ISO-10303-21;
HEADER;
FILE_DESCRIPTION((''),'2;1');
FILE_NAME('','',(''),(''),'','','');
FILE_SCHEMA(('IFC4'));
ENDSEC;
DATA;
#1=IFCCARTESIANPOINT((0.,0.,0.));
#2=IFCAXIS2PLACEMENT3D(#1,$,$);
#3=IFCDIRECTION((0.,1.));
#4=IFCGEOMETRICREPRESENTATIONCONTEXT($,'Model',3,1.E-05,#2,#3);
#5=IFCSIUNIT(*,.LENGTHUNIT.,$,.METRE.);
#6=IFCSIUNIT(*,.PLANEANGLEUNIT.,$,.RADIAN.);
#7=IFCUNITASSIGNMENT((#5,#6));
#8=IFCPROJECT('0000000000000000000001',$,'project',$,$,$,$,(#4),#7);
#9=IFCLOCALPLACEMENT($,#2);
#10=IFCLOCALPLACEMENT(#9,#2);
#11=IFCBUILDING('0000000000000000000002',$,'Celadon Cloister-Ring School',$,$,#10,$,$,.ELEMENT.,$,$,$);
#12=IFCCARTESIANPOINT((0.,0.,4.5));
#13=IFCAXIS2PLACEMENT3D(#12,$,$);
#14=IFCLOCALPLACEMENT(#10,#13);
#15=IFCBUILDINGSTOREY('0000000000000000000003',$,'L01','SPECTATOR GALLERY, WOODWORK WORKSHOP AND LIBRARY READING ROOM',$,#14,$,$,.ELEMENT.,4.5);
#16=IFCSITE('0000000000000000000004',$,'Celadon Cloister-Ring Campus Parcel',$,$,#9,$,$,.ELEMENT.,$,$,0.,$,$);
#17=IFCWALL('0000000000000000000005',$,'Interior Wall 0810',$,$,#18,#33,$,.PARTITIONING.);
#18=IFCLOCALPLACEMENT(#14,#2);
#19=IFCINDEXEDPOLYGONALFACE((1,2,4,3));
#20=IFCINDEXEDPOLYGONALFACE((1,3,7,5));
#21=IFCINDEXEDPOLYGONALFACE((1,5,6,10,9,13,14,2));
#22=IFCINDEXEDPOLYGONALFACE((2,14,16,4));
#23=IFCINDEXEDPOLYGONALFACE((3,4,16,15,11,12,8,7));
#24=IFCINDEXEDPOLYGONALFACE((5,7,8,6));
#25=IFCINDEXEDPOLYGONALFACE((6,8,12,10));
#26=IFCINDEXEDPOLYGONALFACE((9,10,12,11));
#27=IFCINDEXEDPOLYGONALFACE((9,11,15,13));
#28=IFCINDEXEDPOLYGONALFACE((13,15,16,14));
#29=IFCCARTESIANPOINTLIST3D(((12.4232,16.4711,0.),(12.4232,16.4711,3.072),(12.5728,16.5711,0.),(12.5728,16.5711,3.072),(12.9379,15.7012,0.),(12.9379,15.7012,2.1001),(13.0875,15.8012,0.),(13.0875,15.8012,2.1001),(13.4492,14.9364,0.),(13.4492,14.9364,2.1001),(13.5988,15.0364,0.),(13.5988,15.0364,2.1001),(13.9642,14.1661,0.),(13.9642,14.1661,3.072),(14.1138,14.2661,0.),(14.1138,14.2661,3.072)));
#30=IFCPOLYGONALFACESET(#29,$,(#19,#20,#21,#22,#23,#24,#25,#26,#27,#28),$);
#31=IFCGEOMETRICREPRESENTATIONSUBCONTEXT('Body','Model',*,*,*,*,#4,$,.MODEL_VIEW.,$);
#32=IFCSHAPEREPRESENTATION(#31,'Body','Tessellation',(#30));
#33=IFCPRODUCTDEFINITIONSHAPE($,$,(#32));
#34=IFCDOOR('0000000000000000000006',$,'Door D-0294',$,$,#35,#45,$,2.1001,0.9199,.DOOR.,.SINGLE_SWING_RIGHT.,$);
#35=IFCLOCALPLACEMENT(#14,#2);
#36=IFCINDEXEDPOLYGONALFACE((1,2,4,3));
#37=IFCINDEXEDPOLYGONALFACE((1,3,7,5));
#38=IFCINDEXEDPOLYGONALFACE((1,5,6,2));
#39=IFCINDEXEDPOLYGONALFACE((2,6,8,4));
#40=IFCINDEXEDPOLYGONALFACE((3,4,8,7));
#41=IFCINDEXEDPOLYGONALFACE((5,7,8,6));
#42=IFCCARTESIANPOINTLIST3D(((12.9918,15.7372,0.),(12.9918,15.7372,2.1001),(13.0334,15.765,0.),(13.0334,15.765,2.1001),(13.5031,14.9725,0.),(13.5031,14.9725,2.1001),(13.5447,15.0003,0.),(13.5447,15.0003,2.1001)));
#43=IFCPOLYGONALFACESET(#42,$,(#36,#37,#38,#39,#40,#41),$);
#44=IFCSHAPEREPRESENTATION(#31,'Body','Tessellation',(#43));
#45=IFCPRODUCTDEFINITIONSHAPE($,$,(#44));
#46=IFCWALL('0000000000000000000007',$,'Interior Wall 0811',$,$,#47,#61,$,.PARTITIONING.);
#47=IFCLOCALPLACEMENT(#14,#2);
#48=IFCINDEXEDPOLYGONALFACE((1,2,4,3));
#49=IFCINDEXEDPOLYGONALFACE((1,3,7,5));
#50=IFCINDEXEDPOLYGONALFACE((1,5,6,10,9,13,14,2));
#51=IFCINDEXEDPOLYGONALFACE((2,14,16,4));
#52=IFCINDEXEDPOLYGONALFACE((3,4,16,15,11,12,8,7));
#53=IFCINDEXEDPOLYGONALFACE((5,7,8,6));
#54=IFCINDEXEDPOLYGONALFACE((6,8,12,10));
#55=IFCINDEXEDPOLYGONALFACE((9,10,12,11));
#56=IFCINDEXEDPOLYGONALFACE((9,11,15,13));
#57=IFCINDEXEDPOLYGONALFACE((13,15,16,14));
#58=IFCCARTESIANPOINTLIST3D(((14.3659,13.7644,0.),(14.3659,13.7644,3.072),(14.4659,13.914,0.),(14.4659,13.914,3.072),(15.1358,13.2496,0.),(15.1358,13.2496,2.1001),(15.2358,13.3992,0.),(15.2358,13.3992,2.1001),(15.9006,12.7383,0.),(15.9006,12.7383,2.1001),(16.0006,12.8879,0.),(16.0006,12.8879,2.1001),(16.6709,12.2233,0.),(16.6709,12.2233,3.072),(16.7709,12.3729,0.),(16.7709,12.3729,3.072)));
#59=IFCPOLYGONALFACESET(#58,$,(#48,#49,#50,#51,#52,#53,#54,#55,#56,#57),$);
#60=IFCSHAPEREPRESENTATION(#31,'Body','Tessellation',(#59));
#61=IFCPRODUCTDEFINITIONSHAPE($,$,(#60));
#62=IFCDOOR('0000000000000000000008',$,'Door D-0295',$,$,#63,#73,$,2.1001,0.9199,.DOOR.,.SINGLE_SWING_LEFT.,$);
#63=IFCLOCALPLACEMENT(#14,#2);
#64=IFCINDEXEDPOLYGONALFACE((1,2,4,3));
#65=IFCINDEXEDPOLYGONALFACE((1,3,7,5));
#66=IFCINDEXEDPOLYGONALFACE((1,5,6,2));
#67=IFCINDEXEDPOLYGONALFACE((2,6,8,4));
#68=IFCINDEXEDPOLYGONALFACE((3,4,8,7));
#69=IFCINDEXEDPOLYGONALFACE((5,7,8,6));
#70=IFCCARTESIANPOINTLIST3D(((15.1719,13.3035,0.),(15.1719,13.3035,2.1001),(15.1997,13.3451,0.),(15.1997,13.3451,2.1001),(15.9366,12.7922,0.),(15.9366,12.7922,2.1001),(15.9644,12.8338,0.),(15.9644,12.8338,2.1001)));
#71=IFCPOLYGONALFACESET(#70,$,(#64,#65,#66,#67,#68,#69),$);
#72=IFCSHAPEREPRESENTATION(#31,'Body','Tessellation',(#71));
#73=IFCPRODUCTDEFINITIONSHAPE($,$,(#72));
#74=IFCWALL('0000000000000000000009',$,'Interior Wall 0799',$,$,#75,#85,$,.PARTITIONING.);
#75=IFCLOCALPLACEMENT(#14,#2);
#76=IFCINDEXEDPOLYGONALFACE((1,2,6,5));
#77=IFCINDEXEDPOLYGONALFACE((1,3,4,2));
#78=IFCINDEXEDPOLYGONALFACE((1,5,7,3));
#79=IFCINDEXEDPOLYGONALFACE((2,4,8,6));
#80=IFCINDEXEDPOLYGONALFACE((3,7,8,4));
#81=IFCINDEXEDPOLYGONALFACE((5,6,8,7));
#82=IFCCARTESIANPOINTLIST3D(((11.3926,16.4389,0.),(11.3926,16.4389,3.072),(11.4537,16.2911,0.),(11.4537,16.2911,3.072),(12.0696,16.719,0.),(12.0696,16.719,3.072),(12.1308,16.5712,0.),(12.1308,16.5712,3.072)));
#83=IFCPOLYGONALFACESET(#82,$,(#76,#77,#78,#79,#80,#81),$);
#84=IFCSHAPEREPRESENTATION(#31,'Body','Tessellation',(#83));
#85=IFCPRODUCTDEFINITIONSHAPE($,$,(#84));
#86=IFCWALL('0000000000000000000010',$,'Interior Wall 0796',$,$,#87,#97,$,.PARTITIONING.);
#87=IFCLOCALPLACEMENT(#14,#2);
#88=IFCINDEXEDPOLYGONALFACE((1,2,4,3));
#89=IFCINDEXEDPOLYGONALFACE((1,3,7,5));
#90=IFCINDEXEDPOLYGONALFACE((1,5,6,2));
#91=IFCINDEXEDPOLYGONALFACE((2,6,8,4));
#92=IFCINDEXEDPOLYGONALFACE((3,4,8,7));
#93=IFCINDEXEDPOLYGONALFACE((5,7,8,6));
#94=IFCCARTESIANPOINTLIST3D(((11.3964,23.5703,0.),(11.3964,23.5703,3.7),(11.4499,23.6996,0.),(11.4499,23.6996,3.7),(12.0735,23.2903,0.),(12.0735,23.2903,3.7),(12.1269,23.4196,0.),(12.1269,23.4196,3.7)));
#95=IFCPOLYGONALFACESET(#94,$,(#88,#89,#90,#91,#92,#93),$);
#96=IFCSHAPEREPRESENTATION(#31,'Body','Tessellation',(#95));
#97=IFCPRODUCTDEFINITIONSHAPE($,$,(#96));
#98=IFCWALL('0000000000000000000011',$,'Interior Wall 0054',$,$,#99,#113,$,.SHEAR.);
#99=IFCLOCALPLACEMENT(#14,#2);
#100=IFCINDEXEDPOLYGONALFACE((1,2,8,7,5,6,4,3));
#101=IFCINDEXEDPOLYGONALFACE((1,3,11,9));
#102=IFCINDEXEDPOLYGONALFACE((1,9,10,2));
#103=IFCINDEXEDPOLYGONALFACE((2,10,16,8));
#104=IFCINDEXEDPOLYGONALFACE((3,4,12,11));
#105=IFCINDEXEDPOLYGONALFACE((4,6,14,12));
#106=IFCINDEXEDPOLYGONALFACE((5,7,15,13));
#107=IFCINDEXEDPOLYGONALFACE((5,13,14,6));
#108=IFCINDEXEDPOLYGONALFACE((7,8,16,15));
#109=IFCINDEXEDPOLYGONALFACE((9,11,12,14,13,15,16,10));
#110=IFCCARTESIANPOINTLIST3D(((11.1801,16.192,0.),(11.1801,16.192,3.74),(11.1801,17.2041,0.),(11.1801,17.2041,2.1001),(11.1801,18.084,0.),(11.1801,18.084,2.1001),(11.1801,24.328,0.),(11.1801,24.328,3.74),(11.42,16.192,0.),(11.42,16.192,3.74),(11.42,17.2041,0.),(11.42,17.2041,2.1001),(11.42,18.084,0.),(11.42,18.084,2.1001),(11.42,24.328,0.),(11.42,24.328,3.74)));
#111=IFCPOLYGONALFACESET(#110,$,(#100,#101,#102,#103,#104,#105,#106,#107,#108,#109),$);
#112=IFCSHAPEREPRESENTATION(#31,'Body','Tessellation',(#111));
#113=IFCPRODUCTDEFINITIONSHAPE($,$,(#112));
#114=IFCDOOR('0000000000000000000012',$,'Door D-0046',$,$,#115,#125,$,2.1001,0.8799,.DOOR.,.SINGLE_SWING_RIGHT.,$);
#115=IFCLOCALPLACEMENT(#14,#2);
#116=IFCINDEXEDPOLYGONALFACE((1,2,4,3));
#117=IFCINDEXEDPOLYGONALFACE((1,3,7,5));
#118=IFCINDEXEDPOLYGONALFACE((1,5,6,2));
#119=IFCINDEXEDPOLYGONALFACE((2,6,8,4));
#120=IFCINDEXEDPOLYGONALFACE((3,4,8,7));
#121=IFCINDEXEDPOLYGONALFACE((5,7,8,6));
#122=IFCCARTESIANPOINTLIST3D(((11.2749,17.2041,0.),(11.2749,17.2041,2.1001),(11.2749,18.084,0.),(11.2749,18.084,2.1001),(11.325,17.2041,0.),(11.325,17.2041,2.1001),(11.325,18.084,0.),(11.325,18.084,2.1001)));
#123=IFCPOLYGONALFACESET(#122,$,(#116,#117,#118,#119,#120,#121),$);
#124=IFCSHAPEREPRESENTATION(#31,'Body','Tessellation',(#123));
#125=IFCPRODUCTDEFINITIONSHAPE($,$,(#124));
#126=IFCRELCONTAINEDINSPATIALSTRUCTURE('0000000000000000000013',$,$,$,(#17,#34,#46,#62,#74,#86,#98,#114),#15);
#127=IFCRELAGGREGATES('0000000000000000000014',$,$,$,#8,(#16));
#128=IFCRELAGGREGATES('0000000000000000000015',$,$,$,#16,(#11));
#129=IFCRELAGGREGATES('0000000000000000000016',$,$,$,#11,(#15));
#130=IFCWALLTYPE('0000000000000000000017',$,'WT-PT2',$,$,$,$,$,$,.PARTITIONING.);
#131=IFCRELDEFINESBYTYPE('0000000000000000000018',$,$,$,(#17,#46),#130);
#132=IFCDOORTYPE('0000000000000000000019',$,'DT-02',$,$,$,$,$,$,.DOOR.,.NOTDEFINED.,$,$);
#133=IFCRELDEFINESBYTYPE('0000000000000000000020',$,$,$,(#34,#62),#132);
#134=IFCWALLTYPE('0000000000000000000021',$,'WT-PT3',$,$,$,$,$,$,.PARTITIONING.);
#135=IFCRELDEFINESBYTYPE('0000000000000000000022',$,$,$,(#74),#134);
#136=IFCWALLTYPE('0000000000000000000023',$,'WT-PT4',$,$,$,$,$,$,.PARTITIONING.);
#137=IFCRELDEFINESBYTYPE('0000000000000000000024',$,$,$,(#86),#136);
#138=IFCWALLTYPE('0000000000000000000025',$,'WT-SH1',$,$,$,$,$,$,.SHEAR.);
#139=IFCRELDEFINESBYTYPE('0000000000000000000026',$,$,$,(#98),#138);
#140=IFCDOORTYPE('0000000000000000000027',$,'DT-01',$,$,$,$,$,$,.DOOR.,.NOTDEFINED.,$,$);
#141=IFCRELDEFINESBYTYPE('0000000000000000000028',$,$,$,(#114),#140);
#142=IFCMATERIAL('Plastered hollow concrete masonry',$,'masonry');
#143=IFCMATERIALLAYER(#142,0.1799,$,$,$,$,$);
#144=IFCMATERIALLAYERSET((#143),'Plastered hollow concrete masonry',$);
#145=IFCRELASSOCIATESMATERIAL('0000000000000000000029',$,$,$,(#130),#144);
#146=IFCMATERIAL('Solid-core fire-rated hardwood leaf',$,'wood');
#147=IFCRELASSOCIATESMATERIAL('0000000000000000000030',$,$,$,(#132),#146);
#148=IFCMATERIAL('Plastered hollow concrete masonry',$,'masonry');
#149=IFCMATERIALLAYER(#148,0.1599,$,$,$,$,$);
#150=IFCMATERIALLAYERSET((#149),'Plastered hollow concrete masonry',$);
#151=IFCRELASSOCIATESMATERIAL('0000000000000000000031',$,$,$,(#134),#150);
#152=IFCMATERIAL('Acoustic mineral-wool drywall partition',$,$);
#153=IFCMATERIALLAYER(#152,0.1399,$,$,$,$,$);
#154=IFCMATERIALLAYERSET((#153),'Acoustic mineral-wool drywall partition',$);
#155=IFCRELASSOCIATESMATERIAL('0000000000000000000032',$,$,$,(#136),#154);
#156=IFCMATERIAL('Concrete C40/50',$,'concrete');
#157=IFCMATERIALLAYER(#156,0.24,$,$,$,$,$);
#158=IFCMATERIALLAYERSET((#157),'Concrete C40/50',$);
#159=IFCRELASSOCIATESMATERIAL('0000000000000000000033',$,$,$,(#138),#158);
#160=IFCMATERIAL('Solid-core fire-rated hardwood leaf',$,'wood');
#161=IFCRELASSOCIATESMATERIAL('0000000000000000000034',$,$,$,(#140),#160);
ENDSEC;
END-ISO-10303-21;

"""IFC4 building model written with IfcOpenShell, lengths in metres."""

from ifc_helpers import new_model, si_unit, direction, frame, frame_2d, origin, place, context, subcontext, project, spatial, rectangle, extrude, material, layer, layer_set, type_object, element, fill, save


model = new_model("IFC4")

# Units and contexts
model_context = context("Model", 3, precision=1e-05, world=origin(), true_north=direction((0.0, 1.0)))
body_context = subcontext(model_context, "Body", "Model", "MODEL_VIEW")
ifc_project = project(units=[si_unit("LENGTHUNIT", "METRE"), si_unit("PLANEANGLEUNIT", "RADIAN")], contexts=[model_context])

# Site, building, storey
site_placement = place(None, origin())
site = spatial("IfcSite", under=ifc_project, at=site_placement, Name="Celadon Cloister-Ring Campus Parcel", CompositionType="ELEMENT", RefElevation=0.0)
building_placement = place(site_placement, origin())
building = spatial("IfcBuilding", under=site, at=building_placement, Name="Celadon Cloister-Ring School", CompositionType="ELEMENT")
storey_placement = place(building_placement, frame((0.0, 0.0, 4.5)))
storey = spatial("IfcBuildingStorey", under=building, at=storey_placement, Name="L01", Description="SPECTATOR GALLERY, WOODWORK WORKSHOP AND LIBRARY READING ROOM", CompositionType="ELEMENT", Elevation=4.5)

# Walls, openings, doors
ifc_material_1 = material(Name="Plastered hollow concrete masonry", Category="masonry")
ifc_layer_1 = layer(ifc_material_1, 0.1799)
ifc_layer_set_1 = layer_set([ifc_layer_1], Name="Plastered hollow concrete masonry")
wall_type_1 = type_object("IfcWallType", Name="WT-PT2", PredefinedType="PARTITIONING", material=ifc_layer_set_1)
wall_1_placement = place(storey_placement, frame((12.498, 16.521, 0.0), z_axis=(0.0, 0.0, 1.0), x_axis=(0.555797, -0.831318, 0.0)))
wall_1 = element("IfcWall", 1, at=wall_1_placement, inside=storey, type_object=wall_type_1, Name="Interior Wall 0810", PredefinedType="PARTITIONING", context=body_context, shape_type="SweptSolid", body=[
    extrude(rectangle(XDim=2.7727, YDim=0.1799, at=frame_2d((1.3862, 0.0))), origin(), (0.0, 0.0, 1.0), 3.072),
])
opening_1_placement = place(wall_1_placement, frame((0.926, 0.0, 0.0)))
opening_1 = element("IfcOpeningElement", 2, at=opening_1_placement, cuts=wall_1, PredefinedType="OPENING", context=body_context, shape_type="SweptSolid", body=[
    extrude(rectangle(XDim=0.9199, YDim=2.1001, at=frame_2d((0.46, 1.05))), frame((0.0, 0.1001, 0.0), z_axis=(0.0, -1.0, 0.0), x_axis=(1.0, 0.0, 0.0)), (0.0, 0.0, 1.0), 0.2),
])
ifc_material_2 = material(Name="Solid-core fire-rated hardwood leaf", Category="wood")
door_type_1 = type_object("IfcDoorType", Name="DT-02", OperationType="NOTDEFINED", PredefinedType="DOOR", material=ifc_material_2)
door_1_placement = place(opening_1_placement, origin())
door_1 = element("IfcDoor", 3, at=door_1_placement, inside=storey, type_object=door_type_1, Name="Door D-0294", OperationType="SINGLE_SWING_RIGHT", OverallHeight=2.1001, OverallWidth=0.9199, PredefinedType="DOOR", context=body_context, shape_type="SweptSolid", body=[
    extrude(rectangle(XDim=0.9199, YDim=2.1001, at=frame_2d((0.46, 1.05))), frame((0.0, 0.0249, 0.0), z_axis=(0.0, -1.0, 0.0), x_axis=(1.0, 0.0, 0.0)), (0.0, 0.0, 1.0), 0.05),
])
fill(opening_1, door_1)
wall_2_placement = place(storey_placement, frame((14.416, 13.8391, 0.0), z_axis=(0.0, 0.0, 1.0), x_axis=(0.831318, -0.555797, 0.0)))
wall_2 = element("IfcWall", 4, at=wall_2_placement, inside=storey, type_object=wall_type_1, Name="Interior Wall 0811", PredefinedType="PARTITIONING", context=body_context, shape_type="SweptSolid", body=[
    extrude(rectangle(XDim=2.7727, YDim=0.1799, at=frame_2d((1.3862, 0.0))), origin(), (0.0, 0.0, 1.0), 3.072),
])
opening_2_placement = place(wall_2_placement, frame((0.926, 0.0, 0.0)))
opening_2 = element("IfcOpeningElement", 5, at=opening_2_placement, cuts=wall_2, PredefinedType="OPENING", context=body_context, shape_type="SweptSolid", body=[
    extrude(rectangle(XDim=0.9199, YDim=2.1001, at=frame_2d((0.46, 1.05))), frame((0.0, 0.1001, 0.0), z_axis=(0.0, -1.0, 0.0), x_axis=(1.0, 0.0, 0.0)), (0.0, 0.0, 1.0), 0.2),
])
door_2_placement = place(opening_2_placement, origin())
door_2 = element("IfcDoor", 6, at=door_2_placement, inside=storey, type_object=door_type_1, Name="Door D-0295", OperationType="SINGLE_SWING_LEFT", OverallHeight=2.1001, OverallWidth=0.9199, PredefinedType="DOOR", context=body_context, shape_type="SweptSolid", body=[
    extrude(rectangle(XDim=0.9199, YDim=2.1001, at=frame_2d((0.46, 1.05))), frame((0.0, 0.0249, 0.0), z_axis=(0.0, -1.0, 0.0), x_axis=(1.0, 0.0, 0.0)), (0.0, 0.0, 1.0), 0.05),
])
fill(opening_2, door_2)

# Walls
ifc_material_3 = material(Name="Plastered hollow concrete masonry", Category="masonry")
ifc_layer_2 = layer(ifc_material_3, 0.1599)
ifc_layer_set_2 = layer_set([ifc_layer_2], Name="Plastered hollow concrete masonry")
wall_type_2 = type_object("IfcWallType", Name="WT-PT3", PredefinedType="PARTITIONING", material=ifc_layer_set_2)
wall_3_placement = place(storey_placement, frame((12.1001, 16.645, 0.0), z_axis=(0.0, 0.0, 1.0), x_axis=(-0.92407, -0.382224, 0.0)))
element("IfcWall", 7, at=wall_3_placement, inside=storey, type_object=wall_type_2, Name="Interior Wall 0799", PredefinedType="PARTITIONING", context=body_context, shape_type="SweptSolid", body=[
    extrude(rectangle(XDim=0.7327, YDim=0.1599, at=frame_2d((0.3662, 0.0))), origin(), (0.0, 0.0, 1.0), 3.072),
])
ifc_material_4 = material(Name="Acoustic mineral-wool drywall partition")
ifc_layer_3 = layer(ifc_material_4, 0.1399)
ifc_layer_set_3 = layer_set([ifc_layer_3], Name="Acoustic mineral-wool drywall partition")
wall_type_3 = type_object("IfcWallType", Name="WT-PT4", PredefinedType="PARTITIONING", material=ifc_layer_set_3)
wall_4_placement = place(storey_placement, frame((12.1001, 23.355, 0.0), z_axis=(0.0, 0.0, 1.0), x_axis=(-0.92407, 0.382224, 0.0)))
element("IfcWall", 8, at=wall_4_placement, inside=storey, type_object=wall_type_3, Name="Interior Wall 0796", PredefinedType="PARTITIONING", context=body_context, shape_type="SweptSolid", body=[
    extrude(rectangle(XDim=0.7327, YDim=0.1399, at=frame_2d((0.3662, 0.0))), origin(), (0.0, 0.0, 1.0), 3.7),
])

# Wall, opening, door
ifc_material_5 = material(Name="Concrete C40/50", Category="concrete")
ifc_layer_4 = layer(ifc_material_5, 0.24)
ifc_layer_set_4 = layer_set([ifc_layer_4], Name="Concrete C40/50")
wall_type_4 = type_object("IfcWallType", Name="WT-SH1", PredefinedType="SHEAR", material=ifc_layer_set_4)
wall_5_placement = place(storey_placement, frame((11.3, 24.3279, 0.0), z_axis=(0.0, 0.0, 1.0), x_axis=(0.0, -1.0, 0.0)))
wall_5 = element("IfcWall", 9, at=wall_5_placement, inside=storey, type_object=wall_type_4, Name="Interior Wall 0054", PredefinedType="SHEAR", context=body_context, shape_type="SweptSolid", body=[
    extrude(rectangle(XDim=8.136, YDim=0.24, at=frame_2d((4.0679, 0.0))), origin(), (0.0, 0.0, 1.0), 3.74),
])
opening_3_placement = place(wall_5_placement, frame((6.2439, 0.0, 0.0)))
opening_3 = element("IfcOpeningElement", 10, at=opening_3_placement, cuts=wall_5, PredefinedType="OPENING", context=body_context, shape_type="SweptSolid", body=[
    extrude(rectangle(XDim=0.8799, YDim=2.1001, at=frame_2d((0.4399, 1.05))), frame((0.0, 0.1299, 0.0), z_axis=(0.0, -1.0, 0.0), x_axis=(1.0, 0.0, 0.0)), (0.0, 0.0, 1.0), 0.26),
])
ifc_material_6 = material(Name="Solid-core fire-rated hardwood leaf", Category="wood")
door_type_2 = type_object("IfcDoorType", Name="DT-01", OperationType="NOTDEFINED", PredefinedType="DOOR", material=ifc_material_6)
door_3_placement = place(opening_3_placement, origin())
door_3 = element("IfcDoor", 11, at=door_3_placement, inside=storey, type_object=door_type_2, Name="Door D-0046", OperationType="SINGLE_SWING_RIGHT", OverallHeight=2.1001, OverallWidth=0.8799, PredefinedType="DOOR", context=body_context, shape_type="SweptSolid", body=[
    extrude(rectangle(XDim=0.8799, YDim=2.1001, at=frame_2d((0.4399, 1.05))), frame((0.0, 0.0249, 0.0), z_axis=(0.0, -1.0, 0.0), x_axis=(1.0, 0.0, 0.0)), (0.0, 0.0, 1.0), 0.05),
])
fill(opening_3, door_3)

save(model, "model.ifc")
